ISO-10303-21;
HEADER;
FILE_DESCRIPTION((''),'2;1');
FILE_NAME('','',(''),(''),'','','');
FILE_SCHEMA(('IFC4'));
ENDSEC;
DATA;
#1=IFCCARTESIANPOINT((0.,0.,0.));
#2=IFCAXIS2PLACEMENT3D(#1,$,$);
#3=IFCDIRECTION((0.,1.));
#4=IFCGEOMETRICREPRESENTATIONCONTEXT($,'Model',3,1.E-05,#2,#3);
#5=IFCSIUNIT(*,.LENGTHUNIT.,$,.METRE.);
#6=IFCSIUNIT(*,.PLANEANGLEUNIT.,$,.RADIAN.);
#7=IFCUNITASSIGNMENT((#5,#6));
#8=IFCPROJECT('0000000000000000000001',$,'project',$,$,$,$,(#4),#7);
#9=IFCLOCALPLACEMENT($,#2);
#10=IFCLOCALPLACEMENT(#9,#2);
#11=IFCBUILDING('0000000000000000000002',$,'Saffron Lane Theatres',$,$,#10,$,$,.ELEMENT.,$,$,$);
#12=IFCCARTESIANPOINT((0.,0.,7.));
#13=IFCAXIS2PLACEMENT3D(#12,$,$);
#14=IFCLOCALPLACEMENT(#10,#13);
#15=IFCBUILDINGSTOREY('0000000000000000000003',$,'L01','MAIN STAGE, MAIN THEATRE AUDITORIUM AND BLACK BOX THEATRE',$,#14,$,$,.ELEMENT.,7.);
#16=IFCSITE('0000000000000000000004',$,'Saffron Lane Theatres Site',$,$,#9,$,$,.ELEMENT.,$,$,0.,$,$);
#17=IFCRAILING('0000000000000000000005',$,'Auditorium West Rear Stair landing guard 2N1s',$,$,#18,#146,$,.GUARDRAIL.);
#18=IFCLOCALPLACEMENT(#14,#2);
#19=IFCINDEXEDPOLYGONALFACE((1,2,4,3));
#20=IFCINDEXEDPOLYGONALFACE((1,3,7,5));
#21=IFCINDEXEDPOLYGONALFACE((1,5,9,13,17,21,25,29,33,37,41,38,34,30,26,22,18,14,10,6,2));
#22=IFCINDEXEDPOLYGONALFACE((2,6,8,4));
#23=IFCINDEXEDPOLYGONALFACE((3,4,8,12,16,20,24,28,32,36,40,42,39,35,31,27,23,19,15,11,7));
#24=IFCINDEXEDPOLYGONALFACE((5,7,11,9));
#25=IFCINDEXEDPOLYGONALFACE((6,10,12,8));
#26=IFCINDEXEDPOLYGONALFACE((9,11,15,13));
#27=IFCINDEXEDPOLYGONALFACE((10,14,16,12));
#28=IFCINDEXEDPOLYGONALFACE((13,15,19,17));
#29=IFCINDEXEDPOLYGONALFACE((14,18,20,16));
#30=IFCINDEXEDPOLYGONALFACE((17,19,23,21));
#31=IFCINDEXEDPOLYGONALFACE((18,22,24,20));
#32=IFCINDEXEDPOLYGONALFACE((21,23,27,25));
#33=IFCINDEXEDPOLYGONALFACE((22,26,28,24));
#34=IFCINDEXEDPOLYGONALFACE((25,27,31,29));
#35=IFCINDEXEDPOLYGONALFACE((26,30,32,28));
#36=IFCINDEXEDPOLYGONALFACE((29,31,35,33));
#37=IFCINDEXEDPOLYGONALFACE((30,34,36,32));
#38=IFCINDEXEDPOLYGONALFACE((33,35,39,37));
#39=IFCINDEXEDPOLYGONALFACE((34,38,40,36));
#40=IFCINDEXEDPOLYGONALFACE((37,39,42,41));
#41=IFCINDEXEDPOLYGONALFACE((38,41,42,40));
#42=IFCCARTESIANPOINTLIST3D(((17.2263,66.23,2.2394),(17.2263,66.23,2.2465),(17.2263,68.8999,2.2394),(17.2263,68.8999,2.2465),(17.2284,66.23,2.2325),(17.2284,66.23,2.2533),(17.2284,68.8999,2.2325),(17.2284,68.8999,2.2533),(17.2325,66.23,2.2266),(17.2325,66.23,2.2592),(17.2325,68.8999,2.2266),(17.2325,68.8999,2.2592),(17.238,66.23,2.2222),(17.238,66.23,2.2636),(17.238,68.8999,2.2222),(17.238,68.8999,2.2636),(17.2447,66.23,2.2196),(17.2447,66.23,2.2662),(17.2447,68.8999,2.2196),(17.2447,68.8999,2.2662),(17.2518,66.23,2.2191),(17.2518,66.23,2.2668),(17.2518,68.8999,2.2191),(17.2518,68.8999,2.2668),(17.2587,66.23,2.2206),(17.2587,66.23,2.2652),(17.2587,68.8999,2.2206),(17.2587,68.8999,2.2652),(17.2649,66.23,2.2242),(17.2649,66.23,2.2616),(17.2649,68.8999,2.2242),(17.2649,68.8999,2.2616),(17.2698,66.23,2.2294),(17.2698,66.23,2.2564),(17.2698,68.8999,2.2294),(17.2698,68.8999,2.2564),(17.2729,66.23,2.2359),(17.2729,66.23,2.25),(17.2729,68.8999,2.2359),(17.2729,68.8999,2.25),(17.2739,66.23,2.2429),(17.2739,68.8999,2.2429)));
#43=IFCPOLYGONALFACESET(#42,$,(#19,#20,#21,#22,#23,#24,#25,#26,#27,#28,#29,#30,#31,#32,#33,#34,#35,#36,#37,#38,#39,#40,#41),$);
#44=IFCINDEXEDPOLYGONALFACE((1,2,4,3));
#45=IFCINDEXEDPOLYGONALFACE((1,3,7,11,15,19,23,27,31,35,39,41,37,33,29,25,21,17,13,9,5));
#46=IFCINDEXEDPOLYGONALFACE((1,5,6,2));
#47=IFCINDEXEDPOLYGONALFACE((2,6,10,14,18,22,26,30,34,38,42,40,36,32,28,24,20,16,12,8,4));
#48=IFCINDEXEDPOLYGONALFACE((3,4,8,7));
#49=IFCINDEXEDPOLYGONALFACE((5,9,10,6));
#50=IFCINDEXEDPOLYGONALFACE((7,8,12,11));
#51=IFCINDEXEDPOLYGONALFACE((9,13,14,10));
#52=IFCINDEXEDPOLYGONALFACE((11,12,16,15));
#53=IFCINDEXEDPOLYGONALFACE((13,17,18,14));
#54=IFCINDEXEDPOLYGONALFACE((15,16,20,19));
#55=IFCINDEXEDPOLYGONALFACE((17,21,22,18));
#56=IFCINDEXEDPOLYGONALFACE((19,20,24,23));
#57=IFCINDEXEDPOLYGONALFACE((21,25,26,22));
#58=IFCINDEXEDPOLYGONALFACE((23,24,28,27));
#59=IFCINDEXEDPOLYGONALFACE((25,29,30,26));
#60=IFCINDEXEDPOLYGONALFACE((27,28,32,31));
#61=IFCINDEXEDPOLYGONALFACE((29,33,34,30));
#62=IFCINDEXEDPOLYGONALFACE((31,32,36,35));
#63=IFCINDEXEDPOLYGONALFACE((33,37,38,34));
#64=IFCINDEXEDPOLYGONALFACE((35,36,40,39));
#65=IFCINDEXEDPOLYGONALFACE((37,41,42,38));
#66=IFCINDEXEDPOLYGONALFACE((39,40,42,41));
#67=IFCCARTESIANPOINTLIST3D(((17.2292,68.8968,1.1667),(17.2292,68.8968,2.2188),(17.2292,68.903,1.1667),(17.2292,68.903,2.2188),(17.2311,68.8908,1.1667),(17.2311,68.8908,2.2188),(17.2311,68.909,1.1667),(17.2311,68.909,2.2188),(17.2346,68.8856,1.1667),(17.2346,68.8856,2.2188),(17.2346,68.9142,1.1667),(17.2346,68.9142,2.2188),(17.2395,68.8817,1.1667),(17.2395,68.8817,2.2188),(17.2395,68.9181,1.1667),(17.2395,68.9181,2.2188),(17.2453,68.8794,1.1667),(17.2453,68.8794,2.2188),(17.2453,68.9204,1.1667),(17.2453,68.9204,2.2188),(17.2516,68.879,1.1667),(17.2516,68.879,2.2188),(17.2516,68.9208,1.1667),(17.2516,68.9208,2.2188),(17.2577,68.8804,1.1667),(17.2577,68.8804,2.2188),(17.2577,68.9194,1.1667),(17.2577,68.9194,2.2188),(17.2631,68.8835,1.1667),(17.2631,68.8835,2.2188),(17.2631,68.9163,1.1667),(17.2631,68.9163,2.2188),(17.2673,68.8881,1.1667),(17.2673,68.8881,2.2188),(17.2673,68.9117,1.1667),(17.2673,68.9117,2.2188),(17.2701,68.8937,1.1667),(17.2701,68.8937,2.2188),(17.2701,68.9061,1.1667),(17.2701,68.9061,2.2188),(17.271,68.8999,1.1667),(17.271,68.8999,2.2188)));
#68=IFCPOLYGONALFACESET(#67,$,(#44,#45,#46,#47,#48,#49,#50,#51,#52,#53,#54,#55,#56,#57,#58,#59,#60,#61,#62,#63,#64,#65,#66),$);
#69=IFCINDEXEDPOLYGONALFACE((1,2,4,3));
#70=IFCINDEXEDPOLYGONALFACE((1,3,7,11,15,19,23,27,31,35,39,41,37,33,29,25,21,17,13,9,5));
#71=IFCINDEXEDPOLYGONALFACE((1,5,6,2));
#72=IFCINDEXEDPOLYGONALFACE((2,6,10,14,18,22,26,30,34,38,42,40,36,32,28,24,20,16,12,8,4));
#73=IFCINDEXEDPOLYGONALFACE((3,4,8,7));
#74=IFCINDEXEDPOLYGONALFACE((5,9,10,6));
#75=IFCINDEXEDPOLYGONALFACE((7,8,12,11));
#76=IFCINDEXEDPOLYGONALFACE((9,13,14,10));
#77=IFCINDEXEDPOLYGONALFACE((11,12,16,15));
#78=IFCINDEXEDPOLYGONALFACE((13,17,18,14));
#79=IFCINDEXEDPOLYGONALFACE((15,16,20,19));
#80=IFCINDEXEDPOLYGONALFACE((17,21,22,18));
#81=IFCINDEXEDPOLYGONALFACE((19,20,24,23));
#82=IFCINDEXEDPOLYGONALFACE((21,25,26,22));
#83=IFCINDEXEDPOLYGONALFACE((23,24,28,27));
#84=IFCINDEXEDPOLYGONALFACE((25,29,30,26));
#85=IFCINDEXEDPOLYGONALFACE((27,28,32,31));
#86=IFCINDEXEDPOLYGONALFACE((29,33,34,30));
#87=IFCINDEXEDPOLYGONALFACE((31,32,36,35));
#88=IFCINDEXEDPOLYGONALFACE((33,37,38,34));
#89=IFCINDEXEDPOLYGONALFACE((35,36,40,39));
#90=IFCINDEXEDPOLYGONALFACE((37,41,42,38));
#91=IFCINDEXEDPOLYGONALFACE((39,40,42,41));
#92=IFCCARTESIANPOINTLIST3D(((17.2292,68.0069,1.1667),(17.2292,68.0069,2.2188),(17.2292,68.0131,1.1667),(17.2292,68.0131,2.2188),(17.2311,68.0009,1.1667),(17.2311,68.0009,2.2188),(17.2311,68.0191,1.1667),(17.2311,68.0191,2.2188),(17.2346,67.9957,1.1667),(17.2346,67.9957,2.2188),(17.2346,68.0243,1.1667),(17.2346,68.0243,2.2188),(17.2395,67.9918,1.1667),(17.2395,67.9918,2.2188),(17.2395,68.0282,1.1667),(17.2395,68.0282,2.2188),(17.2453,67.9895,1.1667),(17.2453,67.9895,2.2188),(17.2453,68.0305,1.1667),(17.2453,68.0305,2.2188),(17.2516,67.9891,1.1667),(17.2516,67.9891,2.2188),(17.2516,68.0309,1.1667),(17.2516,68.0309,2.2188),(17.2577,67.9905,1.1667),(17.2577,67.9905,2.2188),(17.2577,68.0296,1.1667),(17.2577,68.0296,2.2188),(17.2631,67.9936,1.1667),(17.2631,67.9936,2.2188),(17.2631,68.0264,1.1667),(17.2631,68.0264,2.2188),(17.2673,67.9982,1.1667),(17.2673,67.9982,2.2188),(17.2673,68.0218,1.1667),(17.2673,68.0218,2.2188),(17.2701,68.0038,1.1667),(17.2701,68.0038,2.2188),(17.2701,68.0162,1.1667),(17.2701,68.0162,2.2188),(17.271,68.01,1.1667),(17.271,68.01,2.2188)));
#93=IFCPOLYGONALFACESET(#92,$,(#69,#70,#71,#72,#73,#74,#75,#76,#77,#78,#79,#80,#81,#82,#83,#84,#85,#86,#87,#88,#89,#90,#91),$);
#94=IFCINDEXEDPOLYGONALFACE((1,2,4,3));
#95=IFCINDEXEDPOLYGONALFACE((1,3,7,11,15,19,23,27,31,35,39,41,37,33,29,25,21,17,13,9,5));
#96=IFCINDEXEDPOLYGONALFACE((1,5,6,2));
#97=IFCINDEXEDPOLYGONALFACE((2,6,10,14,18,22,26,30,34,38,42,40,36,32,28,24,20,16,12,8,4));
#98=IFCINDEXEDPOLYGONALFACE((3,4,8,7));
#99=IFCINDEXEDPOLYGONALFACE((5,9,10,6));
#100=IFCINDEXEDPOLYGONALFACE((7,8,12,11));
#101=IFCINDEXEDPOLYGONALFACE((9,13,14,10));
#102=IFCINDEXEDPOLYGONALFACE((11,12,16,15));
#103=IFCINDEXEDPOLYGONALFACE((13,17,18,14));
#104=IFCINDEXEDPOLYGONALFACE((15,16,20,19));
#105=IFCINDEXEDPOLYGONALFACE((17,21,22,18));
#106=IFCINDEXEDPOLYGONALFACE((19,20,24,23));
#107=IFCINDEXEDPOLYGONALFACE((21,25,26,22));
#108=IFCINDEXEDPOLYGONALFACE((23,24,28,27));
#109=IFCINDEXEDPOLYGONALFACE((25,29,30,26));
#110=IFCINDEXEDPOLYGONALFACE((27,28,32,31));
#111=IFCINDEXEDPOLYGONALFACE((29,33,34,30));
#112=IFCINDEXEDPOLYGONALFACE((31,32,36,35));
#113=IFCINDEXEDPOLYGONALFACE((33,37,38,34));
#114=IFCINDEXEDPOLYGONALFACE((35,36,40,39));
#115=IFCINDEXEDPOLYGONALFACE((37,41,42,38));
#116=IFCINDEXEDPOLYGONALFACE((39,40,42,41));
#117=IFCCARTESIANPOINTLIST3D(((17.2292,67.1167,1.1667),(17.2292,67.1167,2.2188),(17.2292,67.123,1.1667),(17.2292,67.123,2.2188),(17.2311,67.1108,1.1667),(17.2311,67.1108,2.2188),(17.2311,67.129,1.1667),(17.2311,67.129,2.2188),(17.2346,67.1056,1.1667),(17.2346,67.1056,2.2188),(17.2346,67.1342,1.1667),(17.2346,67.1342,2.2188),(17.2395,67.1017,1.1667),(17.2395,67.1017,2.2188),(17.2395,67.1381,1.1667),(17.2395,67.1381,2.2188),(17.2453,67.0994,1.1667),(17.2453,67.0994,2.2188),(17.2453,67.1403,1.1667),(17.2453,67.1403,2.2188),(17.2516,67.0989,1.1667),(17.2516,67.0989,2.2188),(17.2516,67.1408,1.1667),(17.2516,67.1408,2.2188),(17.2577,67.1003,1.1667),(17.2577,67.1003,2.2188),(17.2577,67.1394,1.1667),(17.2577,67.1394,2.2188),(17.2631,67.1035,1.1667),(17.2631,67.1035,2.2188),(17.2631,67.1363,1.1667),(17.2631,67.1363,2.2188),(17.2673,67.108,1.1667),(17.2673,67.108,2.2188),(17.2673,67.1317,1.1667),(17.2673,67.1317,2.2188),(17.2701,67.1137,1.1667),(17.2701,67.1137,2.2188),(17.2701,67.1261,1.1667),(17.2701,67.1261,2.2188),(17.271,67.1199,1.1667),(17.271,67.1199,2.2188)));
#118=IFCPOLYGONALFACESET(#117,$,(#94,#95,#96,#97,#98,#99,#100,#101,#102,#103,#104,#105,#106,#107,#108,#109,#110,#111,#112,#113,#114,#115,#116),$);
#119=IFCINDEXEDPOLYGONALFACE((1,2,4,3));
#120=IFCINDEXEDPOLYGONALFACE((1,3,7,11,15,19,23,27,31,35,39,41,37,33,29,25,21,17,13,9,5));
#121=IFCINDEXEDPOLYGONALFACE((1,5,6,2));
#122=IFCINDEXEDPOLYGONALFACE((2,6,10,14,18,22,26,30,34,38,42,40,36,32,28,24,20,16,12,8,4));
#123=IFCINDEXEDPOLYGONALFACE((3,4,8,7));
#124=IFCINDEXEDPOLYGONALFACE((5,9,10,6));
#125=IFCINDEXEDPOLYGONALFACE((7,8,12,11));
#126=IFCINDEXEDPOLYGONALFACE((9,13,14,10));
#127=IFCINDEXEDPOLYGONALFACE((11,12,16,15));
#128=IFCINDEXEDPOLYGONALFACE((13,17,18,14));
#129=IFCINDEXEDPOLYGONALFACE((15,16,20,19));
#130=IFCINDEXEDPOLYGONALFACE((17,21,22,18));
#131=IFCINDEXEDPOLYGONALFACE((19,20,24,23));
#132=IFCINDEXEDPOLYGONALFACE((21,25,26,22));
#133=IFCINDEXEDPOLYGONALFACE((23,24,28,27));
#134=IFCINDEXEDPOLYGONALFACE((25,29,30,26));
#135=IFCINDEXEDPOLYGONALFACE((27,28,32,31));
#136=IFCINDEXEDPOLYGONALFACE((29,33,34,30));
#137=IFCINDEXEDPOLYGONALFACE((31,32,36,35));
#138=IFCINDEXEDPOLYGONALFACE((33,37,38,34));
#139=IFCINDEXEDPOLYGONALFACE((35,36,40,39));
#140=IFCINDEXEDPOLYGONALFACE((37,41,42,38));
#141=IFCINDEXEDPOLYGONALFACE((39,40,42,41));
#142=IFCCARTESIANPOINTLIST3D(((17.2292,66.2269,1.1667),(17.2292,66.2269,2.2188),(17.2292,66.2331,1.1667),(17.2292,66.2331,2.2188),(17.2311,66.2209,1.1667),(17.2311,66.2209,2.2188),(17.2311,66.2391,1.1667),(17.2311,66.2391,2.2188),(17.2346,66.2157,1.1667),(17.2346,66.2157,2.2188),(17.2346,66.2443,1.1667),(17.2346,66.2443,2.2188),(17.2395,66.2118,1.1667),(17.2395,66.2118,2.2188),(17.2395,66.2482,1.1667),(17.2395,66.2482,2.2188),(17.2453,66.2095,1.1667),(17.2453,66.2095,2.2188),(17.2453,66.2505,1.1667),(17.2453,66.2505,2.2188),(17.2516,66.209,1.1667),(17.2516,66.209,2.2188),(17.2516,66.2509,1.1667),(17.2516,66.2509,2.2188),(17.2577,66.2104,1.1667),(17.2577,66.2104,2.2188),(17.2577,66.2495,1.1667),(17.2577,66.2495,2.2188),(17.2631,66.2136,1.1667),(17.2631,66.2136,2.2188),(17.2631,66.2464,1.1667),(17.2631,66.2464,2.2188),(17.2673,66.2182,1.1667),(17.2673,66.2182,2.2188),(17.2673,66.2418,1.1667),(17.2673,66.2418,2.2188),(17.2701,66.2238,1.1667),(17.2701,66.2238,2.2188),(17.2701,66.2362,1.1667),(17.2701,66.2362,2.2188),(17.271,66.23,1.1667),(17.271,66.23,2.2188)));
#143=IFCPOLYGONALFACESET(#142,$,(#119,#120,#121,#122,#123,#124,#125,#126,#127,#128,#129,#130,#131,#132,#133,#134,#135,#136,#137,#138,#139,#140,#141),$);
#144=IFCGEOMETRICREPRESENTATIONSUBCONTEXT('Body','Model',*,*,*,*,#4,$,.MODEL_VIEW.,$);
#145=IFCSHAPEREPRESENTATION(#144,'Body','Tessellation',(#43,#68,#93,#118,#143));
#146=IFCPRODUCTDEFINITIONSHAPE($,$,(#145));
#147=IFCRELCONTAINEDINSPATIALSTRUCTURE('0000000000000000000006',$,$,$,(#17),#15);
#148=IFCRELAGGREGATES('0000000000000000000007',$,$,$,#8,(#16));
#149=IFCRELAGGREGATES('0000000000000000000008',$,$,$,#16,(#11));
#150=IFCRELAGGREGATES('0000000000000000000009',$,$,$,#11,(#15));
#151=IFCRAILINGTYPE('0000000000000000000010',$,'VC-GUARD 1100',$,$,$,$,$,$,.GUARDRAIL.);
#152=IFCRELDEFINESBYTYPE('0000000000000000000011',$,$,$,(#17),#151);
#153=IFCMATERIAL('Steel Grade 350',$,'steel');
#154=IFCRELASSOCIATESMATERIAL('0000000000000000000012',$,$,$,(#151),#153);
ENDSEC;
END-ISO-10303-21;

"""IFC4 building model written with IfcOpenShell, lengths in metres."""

from ifc_helpers import new_model, si_unit, direction, frame, origin, origin_2d, place, context, subcontext, project, spatial, circle, extrude, material, type_object, element, save


model = new_model("IFC4")

# Units and contexts
model_context = context("Model", 3, precision=1e-05, world=origin(), true_north=direction((0.0, 1.0)))
body_context = subcontext(model_context, "Body", "Model", "MODEL_VIEW")
ifc_project = project(units=[si_unit("LENGTHUNIT", "METRE"), si_unit("PLANEANGLEUNIT", "RADIAN")], contexts=[model_context])

# Site, building, storey
site_placement = place(None, origin())
site = spatial("IfcSite", under=ifc_project, at=site_placement, Name="Saffron Lane Theatres Site", CompositionType="ELEMENT", RefElevation=0.0)
building_placement = place(site_placement, origin())
building = spatial("IfcBuilding", under=site, at=building_placement, Name="Saffron Lane Theatres", CompositionType="ELEMENT")
storey_placement = place(building_placement, frame((0.0, 0.0, 7.0)))
storey = spatial("IfcBuildingStorey", under=building, at=storey_placement, Name="L01", Description="MAIN STAGE, MAIN THEATRE AUDITORIUM AND BLACK BOX THEATRE", CompositionType="ELEMENT", Elevation=7.0)

# Railing
ifc_material_1 = material(Name="Steel Grade 350", Category="steel")
railing_type_1 = type_object("IfcRailingType", Name="VC-GUARD 1100", PredefinedType="GUARDRAIL", material=ifc_material_1)
railing_1_placement = place(storey_placement, frame((17.25, 68.8999, 1.1667)))
element("IfcRailing", 1, at=railing_1_placement, inside=storey, type_object=railing_type_1, Name="Auditorium West Rear Stair landing guard 2N1s", PredefinedType="GUARDRAIL", context=body_context, shape_type="SweptSolid", body=[
    extrude(circle(Radius=0.0239, at=origin_2d()), frame((0.0, 0.0, 1.0762), z_axis=(0.0, -1.0, 0.0), x_axis=(1.0, 0.0, 0.0)), (0.0, 0.0, 1.0), 2.6699),
    extrude(circle(Radius=0.021, at=origin_2d()), origin(), (0.0, 0.0, 1.0), 1.052),
    extrude(circle(Radius=0.021, at=origin_2d()), frame((0.0, -0.8899, 0.0)), (0.0, 0.0, 1.0), 1.052),
    extrude(circle(Radius=0.021, at=origin_2d()), frame((0.0, -1.78, 0.0)), (0.0, 0.0, 1.0), 1.052),
    extrude(circle(Radius=0.021, at=origin_2d()), frame((0.0, -2.6699, 0.0)), (0.0, 0.0, 1.0), 1.052),
])

save(model, "model.ifc")
